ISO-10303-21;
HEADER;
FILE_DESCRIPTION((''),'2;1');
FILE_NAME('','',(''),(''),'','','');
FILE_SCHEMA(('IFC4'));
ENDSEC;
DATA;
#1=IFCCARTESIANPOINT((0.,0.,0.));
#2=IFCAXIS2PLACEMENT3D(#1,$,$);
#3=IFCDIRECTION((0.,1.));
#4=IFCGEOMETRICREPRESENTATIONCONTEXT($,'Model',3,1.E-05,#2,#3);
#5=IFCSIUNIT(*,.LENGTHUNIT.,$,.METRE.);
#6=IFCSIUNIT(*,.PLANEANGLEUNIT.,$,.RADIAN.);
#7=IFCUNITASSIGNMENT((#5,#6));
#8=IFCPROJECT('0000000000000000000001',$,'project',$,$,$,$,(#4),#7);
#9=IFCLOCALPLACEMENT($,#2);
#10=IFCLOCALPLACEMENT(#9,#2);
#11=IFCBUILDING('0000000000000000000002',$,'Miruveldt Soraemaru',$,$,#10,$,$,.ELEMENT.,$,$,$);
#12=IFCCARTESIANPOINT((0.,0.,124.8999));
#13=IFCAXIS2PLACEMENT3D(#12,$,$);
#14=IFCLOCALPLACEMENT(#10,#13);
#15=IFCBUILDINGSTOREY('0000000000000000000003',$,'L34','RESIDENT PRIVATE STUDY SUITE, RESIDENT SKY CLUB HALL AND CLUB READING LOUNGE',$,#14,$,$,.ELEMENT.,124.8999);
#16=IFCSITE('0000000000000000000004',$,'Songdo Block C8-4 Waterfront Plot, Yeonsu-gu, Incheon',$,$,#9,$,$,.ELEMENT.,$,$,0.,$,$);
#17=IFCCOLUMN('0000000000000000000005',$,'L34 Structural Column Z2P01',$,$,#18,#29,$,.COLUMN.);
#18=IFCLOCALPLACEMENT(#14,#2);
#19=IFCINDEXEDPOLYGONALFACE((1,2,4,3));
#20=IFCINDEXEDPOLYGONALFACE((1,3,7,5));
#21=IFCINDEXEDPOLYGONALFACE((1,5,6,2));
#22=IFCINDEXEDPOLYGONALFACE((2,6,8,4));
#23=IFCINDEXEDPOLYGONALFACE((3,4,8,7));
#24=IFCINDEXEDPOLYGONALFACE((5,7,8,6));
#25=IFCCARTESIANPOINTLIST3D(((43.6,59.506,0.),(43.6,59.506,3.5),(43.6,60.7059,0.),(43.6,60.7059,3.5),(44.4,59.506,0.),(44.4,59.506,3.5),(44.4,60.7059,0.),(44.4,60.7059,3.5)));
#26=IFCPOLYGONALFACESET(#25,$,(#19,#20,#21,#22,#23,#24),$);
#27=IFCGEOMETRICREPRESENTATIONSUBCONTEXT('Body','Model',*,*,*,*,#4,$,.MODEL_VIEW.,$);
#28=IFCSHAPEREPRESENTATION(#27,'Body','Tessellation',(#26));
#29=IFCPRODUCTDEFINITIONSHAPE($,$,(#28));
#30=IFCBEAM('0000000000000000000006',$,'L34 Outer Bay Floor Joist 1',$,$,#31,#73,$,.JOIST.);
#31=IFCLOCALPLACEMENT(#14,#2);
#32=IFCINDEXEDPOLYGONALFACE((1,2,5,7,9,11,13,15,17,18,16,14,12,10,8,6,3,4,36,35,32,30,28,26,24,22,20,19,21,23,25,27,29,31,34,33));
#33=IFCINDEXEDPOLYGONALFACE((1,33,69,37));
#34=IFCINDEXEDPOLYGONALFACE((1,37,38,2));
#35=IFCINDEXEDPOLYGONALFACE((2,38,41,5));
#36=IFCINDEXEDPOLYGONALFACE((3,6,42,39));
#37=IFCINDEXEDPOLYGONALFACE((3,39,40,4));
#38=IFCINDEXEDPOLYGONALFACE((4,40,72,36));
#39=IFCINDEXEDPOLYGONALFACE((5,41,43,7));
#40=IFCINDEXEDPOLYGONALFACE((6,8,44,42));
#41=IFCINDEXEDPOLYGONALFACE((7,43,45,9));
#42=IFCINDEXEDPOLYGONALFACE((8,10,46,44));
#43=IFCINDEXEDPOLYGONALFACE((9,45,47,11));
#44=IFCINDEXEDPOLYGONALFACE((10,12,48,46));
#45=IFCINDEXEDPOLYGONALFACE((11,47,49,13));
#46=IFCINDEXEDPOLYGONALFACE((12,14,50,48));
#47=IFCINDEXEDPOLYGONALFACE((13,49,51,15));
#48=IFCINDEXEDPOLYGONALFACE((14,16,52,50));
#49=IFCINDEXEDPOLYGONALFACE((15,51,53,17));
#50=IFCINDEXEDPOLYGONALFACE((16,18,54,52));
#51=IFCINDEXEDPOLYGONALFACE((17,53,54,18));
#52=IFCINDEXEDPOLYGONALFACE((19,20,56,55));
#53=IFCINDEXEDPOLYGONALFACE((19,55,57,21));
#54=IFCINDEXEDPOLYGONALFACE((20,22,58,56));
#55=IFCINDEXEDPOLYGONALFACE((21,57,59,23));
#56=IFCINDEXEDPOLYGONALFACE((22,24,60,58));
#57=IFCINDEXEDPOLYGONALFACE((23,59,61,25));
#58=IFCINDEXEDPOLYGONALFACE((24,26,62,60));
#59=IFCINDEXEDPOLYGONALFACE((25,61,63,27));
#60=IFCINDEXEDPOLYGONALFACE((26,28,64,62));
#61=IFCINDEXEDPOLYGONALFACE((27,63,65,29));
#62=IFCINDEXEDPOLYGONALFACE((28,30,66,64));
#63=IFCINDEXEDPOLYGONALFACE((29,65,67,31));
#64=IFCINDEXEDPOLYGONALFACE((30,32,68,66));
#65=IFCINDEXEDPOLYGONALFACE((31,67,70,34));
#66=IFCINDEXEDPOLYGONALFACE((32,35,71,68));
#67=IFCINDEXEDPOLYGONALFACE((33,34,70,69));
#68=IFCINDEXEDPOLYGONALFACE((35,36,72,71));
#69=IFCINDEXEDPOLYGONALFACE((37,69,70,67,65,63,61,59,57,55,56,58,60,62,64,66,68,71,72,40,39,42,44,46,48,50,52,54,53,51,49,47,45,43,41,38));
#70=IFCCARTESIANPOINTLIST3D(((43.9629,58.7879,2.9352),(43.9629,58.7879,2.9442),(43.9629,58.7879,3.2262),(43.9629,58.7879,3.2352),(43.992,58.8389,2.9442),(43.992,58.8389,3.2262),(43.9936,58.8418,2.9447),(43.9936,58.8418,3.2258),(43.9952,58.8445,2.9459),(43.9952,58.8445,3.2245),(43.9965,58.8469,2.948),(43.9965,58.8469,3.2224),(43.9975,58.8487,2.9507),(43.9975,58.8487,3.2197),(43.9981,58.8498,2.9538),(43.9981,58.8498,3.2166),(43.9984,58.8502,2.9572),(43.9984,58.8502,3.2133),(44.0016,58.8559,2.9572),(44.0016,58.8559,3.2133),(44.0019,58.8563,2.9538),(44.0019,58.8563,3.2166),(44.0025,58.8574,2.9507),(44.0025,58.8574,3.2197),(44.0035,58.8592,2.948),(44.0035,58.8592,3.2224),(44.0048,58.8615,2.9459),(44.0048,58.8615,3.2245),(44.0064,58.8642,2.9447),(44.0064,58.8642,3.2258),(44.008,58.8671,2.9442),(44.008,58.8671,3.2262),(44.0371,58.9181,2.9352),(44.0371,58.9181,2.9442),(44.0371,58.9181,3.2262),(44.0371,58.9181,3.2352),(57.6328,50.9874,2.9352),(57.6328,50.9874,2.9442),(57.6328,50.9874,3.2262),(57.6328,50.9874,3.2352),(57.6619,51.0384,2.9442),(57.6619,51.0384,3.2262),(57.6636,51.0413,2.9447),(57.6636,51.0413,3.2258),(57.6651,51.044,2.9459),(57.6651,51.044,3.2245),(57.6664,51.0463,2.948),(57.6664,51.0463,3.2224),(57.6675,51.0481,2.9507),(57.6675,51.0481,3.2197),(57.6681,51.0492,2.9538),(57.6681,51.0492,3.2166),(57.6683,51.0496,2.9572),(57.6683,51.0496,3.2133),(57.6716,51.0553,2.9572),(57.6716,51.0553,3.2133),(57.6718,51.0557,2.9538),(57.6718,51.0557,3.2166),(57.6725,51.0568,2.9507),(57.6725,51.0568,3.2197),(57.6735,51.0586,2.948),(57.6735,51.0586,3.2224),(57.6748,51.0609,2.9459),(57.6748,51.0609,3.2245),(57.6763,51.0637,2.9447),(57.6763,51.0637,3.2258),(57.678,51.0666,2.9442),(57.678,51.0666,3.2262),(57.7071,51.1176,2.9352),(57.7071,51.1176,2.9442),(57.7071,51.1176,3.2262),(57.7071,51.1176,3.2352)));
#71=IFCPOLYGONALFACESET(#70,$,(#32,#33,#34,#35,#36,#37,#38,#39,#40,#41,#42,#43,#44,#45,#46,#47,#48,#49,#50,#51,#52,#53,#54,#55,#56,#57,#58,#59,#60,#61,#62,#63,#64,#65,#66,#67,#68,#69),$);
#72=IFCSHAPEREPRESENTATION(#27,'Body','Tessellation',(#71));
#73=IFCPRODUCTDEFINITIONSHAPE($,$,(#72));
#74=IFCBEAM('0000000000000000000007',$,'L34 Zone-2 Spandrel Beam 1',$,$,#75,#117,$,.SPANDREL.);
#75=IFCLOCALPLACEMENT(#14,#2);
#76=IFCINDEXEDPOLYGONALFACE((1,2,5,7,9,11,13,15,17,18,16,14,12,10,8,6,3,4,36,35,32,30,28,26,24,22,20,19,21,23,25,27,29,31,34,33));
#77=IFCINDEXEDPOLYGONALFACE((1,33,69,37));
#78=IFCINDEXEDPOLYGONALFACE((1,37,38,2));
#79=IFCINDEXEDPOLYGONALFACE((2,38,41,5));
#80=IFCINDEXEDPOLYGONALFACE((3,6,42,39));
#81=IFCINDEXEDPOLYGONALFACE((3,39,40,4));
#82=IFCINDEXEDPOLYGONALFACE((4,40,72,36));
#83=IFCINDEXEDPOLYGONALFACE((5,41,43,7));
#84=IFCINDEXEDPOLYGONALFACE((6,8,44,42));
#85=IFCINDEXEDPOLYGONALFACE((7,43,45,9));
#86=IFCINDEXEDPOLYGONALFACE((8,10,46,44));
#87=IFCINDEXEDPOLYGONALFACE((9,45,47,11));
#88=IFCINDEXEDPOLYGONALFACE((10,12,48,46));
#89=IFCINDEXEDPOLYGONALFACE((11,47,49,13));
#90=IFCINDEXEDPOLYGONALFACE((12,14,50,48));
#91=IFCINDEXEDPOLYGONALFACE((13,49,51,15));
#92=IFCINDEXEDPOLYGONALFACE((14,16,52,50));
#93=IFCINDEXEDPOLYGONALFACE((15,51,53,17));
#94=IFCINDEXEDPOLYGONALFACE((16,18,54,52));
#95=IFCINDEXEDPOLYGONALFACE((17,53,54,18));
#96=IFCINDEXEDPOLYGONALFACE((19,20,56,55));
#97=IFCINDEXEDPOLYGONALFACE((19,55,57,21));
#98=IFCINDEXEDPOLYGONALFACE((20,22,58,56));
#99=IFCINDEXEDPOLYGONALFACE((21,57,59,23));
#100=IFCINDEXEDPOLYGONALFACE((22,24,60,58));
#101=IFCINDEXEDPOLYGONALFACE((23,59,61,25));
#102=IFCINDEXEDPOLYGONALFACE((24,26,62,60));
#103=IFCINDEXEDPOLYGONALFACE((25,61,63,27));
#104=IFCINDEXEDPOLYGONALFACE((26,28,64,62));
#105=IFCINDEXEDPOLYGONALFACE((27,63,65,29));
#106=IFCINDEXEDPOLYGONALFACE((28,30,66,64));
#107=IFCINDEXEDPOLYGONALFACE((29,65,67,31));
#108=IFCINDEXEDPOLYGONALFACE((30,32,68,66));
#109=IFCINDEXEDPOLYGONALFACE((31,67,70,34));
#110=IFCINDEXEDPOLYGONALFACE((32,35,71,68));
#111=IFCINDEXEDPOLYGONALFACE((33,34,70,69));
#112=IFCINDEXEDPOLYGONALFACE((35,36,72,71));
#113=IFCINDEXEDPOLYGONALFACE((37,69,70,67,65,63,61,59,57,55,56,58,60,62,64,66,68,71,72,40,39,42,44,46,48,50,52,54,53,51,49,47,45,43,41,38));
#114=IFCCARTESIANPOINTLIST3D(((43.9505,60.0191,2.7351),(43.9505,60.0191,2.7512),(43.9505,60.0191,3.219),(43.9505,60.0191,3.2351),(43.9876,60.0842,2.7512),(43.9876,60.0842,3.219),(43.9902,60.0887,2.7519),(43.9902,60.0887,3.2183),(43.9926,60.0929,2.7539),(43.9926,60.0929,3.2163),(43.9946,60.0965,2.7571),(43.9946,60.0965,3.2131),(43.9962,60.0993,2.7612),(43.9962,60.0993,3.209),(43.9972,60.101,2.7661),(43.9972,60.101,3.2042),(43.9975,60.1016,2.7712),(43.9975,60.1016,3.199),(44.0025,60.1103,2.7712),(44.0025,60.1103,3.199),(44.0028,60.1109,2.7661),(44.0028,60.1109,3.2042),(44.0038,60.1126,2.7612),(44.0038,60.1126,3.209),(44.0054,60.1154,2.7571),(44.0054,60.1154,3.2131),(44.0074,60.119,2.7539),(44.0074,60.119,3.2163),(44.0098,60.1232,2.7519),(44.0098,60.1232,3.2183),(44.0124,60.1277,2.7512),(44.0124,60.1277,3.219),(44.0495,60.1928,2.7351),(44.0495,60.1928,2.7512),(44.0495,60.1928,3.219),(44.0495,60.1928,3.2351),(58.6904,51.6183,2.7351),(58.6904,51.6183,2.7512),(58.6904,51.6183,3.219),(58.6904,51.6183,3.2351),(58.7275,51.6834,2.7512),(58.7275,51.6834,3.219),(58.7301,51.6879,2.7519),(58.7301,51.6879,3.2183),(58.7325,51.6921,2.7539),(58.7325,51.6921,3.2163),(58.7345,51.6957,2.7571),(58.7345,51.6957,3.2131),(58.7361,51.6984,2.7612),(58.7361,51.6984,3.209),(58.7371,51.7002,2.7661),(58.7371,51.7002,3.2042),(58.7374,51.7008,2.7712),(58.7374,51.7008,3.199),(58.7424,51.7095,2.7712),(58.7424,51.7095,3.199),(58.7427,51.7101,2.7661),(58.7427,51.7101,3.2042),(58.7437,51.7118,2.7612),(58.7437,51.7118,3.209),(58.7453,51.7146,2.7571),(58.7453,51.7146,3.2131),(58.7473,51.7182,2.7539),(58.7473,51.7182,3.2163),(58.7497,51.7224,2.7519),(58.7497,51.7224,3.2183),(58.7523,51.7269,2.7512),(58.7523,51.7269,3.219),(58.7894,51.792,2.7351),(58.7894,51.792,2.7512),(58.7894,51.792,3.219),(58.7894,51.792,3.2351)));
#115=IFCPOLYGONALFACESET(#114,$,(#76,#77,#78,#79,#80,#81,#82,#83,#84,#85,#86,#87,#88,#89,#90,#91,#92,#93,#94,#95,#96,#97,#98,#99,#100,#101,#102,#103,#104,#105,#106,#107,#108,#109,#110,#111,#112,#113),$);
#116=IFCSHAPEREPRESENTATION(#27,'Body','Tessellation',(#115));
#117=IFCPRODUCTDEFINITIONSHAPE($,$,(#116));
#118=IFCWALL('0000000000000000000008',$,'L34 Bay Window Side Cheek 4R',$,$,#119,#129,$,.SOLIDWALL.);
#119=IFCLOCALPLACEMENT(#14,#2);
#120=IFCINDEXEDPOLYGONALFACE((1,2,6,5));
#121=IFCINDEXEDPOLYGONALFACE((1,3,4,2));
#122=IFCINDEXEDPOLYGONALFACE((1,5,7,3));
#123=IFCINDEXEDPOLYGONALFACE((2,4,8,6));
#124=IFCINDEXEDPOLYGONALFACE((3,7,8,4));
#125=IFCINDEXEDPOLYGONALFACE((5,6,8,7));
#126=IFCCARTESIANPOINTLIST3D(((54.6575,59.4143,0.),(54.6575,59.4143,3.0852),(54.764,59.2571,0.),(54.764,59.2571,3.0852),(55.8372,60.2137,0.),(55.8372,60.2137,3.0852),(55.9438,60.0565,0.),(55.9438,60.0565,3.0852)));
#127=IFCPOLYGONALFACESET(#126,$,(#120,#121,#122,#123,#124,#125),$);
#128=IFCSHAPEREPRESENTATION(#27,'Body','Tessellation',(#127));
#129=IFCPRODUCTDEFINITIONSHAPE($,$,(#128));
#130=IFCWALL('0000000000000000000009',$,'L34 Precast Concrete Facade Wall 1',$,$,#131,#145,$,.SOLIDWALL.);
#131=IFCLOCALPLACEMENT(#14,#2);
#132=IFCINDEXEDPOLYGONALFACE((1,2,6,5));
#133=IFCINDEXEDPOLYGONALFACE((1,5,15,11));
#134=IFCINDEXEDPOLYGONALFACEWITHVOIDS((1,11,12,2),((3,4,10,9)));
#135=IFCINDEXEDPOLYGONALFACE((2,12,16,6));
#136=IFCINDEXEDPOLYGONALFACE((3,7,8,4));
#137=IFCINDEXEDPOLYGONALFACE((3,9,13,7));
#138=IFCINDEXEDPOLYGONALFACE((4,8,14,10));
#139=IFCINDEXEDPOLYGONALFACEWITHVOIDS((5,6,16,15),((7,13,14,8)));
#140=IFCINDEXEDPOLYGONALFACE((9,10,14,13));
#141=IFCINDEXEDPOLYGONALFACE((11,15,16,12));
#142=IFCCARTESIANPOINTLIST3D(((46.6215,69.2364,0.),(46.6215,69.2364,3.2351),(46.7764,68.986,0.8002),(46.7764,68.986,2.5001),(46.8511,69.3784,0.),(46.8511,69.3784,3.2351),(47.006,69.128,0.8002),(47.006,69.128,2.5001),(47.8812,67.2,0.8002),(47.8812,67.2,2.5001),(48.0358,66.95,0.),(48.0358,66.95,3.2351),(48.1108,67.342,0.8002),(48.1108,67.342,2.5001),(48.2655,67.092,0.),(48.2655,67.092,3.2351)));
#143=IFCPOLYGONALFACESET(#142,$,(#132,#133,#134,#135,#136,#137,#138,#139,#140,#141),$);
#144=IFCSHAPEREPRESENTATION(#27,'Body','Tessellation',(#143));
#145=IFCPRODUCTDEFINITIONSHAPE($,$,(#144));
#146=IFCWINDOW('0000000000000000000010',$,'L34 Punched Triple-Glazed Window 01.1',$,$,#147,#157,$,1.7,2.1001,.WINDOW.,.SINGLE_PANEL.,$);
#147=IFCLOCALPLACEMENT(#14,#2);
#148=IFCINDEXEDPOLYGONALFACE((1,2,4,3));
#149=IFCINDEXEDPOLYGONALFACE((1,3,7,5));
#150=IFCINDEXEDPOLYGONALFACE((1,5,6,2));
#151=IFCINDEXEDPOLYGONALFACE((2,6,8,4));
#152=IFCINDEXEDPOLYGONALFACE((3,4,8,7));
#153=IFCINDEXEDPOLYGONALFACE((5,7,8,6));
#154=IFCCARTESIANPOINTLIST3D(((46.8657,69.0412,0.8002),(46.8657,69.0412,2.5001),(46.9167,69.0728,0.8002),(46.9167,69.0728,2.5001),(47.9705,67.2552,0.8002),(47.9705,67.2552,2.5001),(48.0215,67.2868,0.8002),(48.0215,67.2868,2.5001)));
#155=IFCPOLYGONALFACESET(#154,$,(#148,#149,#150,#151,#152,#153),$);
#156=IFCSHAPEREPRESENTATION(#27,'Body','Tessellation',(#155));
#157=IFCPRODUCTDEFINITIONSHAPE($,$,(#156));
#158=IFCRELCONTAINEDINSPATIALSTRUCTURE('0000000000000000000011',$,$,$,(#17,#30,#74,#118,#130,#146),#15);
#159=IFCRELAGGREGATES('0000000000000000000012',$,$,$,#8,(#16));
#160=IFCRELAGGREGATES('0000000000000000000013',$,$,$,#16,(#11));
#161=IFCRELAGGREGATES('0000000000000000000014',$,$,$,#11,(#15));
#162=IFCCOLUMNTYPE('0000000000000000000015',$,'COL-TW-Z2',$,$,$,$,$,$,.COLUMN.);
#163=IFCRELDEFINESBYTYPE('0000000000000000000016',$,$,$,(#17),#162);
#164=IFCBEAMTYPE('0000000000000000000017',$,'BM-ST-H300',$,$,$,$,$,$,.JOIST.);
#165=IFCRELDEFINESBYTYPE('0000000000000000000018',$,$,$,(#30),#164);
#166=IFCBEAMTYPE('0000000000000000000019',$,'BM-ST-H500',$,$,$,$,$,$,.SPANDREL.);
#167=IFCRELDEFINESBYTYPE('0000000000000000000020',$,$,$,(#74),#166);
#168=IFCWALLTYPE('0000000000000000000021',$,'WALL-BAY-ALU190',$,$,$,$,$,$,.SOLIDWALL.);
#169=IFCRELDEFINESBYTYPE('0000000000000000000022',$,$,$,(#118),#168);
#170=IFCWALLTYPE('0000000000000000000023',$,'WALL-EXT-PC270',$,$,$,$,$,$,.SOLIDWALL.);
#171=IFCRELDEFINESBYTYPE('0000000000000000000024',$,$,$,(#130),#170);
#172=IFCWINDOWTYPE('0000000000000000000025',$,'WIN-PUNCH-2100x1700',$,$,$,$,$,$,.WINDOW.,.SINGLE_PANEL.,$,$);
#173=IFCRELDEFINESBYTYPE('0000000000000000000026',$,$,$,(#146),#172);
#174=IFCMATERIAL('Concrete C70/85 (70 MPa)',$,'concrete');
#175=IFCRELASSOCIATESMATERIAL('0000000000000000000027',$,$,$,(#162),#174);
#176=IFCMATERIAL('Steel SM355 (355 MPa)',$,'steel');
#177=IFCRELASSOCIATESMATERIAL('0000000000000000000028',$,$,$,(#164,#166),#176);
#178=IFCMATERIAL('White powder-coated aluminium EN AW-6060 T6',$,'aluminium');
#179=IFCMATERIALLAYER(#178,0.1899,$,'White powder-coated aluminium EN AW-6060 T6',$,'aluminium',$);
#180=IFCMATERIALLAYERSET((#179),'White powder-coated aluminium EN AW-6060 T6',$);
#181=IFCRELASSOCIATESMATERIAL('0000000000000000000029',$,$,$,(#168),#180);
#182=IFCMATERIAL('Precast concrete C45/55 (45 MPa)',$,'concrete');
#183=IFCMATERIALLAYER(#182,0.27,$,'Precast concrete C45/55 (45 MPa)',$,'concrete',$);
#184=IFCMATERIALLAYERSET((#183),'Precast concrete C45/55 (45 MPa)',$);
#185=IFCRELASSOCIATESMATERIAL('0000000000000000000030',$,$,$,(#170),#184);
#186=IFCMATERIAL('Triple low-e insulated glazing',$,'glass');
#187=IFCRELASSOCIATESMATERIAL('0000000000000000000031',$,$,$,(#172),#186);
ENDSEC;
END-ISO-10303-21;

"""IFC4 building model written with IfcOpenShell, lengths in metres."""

from ifc_helpers import new_model, si_unit, direction, frame, frame_2d, origin, origin_2d, place, context, subcontext, project, spatial, rectangle, i_section, extrude, material, layer, layer_set, material_profile, profile_set, type_object, element, fill, save


model = new_model("IFC4")

# Units and contexts
model_context = context("Model", 3, precision=1e-05, world=origin(), true_north=direction((0.0, 1.0)))
body_context = subcontext(model_context, "Body", "Model", "MODEL_VIEW")
ifc_project = project(units=[si_unit("LENGTHUNIT", "METRE"), si_unit("PLANEANGLEUNIT", "RADIAN")], contexts=[model_context])

# Site, building, storey
site_placement = place(None, origin())
site = spatial("IfcSite", under=ifc_project, at=site_placement, Name="Songdo Block C8-4 Waterfront Plot, Yeonsu-gu, Incheon", CompositionType="ELEMENT", RefElevation=0.0)
building_placement = place(site_placement, origin())
building = spatial("IfcBuilding", under=site, at=building_placement, Name="Miruveldt Soraemaru", CompositionType="ELEMENT")
storey_placement = place(building_placement, frame((0.0, 0.0, 124.8999)))
storey = spatial("IfcBuildingStorey", under=building, at=storey_placement, Name="L34", Description="RESIDENT PRIVATE STUDY SUITE, RESIDENT SKY CLUB HALL AND CLUB READING LOUNGE", CompositionType="ELEMENT", Elevation=124.8999)

# Column
ifc_material_1 = material(Name="Concrete C70/85 (70 MPa)", Category="concrete")
ifc_material_profile_1 = material_profile(ifc_material_1, rectangle(XDim=1.2, YDim=0.8, at=origin_2d()), Name="Concrete C70/85 (70 MPa)", Category="concrete")
ifc_profile_set_1 = profile_set([ifc_material_profile_1], Name="Concrete C70/85 (70 MPa)")
column_type = type_object("IfcColumnType", Name="COL-TW-Z2", PredefinedType="COLUMN", material=ifc_profile_set_1)
column_placement = place(storey_placement, frame((44.0, 60.106, 0.0), z_axis=(0.0, 0.0, 1.0), x_axis=(0.0, 1.0, 0.0)))
element("IfcColumn", 1, at=column_placement, inside=storey, type_object=column_type, Name="L34 Structural Column Z2P01", PredefinedType="COLUMN", context=body_context, shape_type="SweptSolid", body=[
    extrude(rectangle(XDim=1.2, YDim=0.8, at=origin_2d()), origin(), (0.0, 0.0, 1.0), 3.5),
])

# Beams
ifc_material_2 = material(Name="Steel SM355 (355 MPa)", Category="steel")
ifc_material_profile_2 = material_profile(ifc_material_2, i_section(OverallWidth=0.1499, OverallDepth=0.3, WebThickness=0.0066, FlangeThickness=0.009, FilletRadius=0.0129, at=origin_2d()), Name="Steel SM355 (355 MPa)", Category="steel")
ifc_profile_set_2 = profile_set([ifc_material_profile_2], Name="Steel SM355 (355 MPa)")
beam_type_1 = type_object("IfcBeamType", Name="BM-ST-H300", PredefinedType="JOIST", material=ifc_profile_set_2)
beam_1_placement = place(storey_placement, frame((44.0, 58.853, 3.0852), z_axis=(0.86854, -0.495619, 0.0), x_axis=(0.495619, 0.86854, 0.0)))
element("IfcBeam", 2, at=beam_1_placement, inside=storey, type_object=beam_type_1, Name="L34 Outer Bay Floor Joist 1", PredefinedType="JOIST", context=body_context, shape_type="SweptSolid", body=[
    extrude(i_section(OverallWidth=0.1499, OverallDepth=0.3, WebThickness=0.0066, FlangeThickness=0.009, FilletRadius=0.0129, at=origin_2d()), origin(), (0.0, 0.0, 1.0), 15.739),
])
ifc_material_profile_3 = material_profile(ifc_material_2, i_section(OverallWidth=0.2, OverallDepth=0.5, WebThickness=0.01, FlangeThickness=0.0161, FilletRadius=0.02, at=origin_2d()), Name="Steel SM355 (355 MPa)", Category="steel")
ifc_profile_set_3 = profile_set([ifc_material_profile_3], Name="Steel SM355 (355 MPa)")
beam_type_2 = type_object("IfcBeamType", Name="BM-ST-H500", PredefinedType="SPANDREL", material=ifc_profile_set_3)
beam_2_placement = place(storey_placement, frame((44.0, 60.106, 2.9851), z_axis=(0.8688, -0.495162, 0.0), x_axis=(0.495162, 0.8688, 0.0)))
element("IfcBeam", 3, at=beam_2_placement, inside=storey, type_object=beam_type_2, Name="L34 Zone-2 Spandrel Beam 1", PredefinedType="SPANDREL", context=body_context, shape_type="SweptSolid", body=[
    extrude(i_section(OverallWidth=0.2, OverallDepth=0.5, WebThickness=0.01, FlangeThickness=0.0161, FilletRadius=0.02, at=origin_2d()), origin(), (0.0, 0.0, 1.0), 16.9658),
])

# Wall
ifc_material_3 = material(Name="White powder-coated aluminium EN AW-6060 T6", Category="aluminium")
ifc_layer_1 = layer(ifc_material_3, 0.1899, Name="White powder-coated aluminium EN AW-6060 T6", Category="aluminium")
ifc_layer_set_1 = layer_set([ifc_layer_1], Name="White powder-coated aluminium EN AW-6060 T6")
wall_type_1 = type_object("IfcWallType", Name="WALL-BAY-ALU190", PredefinedType="SOLIDWALL", material=ifc_layer_set_1)
wall_1_placement = place(storey_placement, frame((55.8904, 60.135, 0.0), z_axis=(0.0, 0.0, 1.0), x_axis=(-0.827862, -0.560931, 0.0)))
element("IfcWall", 4, at=wall_1_placement, inside=storey, type_object=wall_type_1, Name="L34 Bay Window Side Cheek 4R", PredefinedType="SOLIDWALL", context=body_context, shape_type="SweptSolid", body=[
    extrude(rectangle(XDim=1.425, YDim=0.1899, at=frame_2d((0.7124, 0.0))), origin(), (0.0, 0.0, 1.0), 3.0852),
])

# Wall, opening, window
ifc_material_4 = material(Name="Precast concrete C45/55 (45 MPa)", Category="concrete")
ifc_layer_2 = layer(ifc_material_4, 0.27, Name="Precast concrete C45/55 (45 MPa)", Category="concrete")
ifc_layer_set_2 = layer_set([ifc_layer_2], Name="Precast concrete C45/55 (45 MPa)")
wall_type_2 = type_object("IfcWallType", Name="WALL-EXT-PC270", PredefinedType="SOLIDWALL", material=ifc_layer_set_2)
wall_2_placement = place(storey_placement, frame((48.1506, 67.021, 0.0), z_axis=(0.0, 0.0, 1.0), x_axis=(-0.526067, 0.850443, 0.0)))
wall_2 = element("IfcWall", 5, at=wall_2_placement, inside=storey, type_object=wall_type_2, Name="L34 Precast Concrete Facade Wall 1", PredefinedType="SOLIDWALL", context=body_context, shape_type="SweptSolid", body=[
    extrude(rectangle(XDim=2.6885, YDim=0.27, at=frame_2d((1.3442, 0.0))), origin(), (0.0, 0.0, 1.0), 3.2351),
])
opening_1_placement = place(wall_2_placement, frame((0.2939, 0.0, 0.8)))
opening_1 = element("IfcOpeningElement", 6, at=opening_1_placement, cuts=wall_2, PredefinedType="OPENING", context=body_context, shape_type="SweptSolid", body=[
    extrude(rectangle(XDim=2.1001, YDim=1.7, at=frame_2d((1.05, 0.8501))), frame((0.0, 0.145, 0.0), z_axis=(0.0, -1.0, 0.0), x_axis=(1.0, 0.0, 0.0)), (0.0, 0.0, 1.0), 0.29),
])
ifc_material_5 = material(Name="Triple low-e insulated glazing", Category="glass")
window_type_1 = type_object("IfcWindowType", Name="WIN-PUNCH-2100x1700", PartitioningType="SINGLE_PANEL", PredefinedType="WINDOW", material=ifc_material_5)
window_1_placement = place(opening_1_placement, origin())
window_1 = element("IfcWindow", 7, at=window_1_placement, inside=storey, type_object=window_type_1, Name="L34 Punched Triple-Glazed Window 01.1", OverallHeight=1.7, OverallWidth=2.1001, PartitioningType="SINGLE_PANEL", PredefinedType="WINDOW", context=body_context, shape_type="SweptSolid", body=[
    extrude(rectangle(XDim=2.1001, YDim=1.7, at=frame_2d((1.05, 0.8501))), frame((0.0, 0.03, 0.0), z_axis=(0.0, -1.0, 0.0), x_axis=(1.0, 0.0, 0.0)), (0.0, 0.0, 1.0), 0.0601),
])
fill(opening_1, window_1)

save(model, "model.ifc")
